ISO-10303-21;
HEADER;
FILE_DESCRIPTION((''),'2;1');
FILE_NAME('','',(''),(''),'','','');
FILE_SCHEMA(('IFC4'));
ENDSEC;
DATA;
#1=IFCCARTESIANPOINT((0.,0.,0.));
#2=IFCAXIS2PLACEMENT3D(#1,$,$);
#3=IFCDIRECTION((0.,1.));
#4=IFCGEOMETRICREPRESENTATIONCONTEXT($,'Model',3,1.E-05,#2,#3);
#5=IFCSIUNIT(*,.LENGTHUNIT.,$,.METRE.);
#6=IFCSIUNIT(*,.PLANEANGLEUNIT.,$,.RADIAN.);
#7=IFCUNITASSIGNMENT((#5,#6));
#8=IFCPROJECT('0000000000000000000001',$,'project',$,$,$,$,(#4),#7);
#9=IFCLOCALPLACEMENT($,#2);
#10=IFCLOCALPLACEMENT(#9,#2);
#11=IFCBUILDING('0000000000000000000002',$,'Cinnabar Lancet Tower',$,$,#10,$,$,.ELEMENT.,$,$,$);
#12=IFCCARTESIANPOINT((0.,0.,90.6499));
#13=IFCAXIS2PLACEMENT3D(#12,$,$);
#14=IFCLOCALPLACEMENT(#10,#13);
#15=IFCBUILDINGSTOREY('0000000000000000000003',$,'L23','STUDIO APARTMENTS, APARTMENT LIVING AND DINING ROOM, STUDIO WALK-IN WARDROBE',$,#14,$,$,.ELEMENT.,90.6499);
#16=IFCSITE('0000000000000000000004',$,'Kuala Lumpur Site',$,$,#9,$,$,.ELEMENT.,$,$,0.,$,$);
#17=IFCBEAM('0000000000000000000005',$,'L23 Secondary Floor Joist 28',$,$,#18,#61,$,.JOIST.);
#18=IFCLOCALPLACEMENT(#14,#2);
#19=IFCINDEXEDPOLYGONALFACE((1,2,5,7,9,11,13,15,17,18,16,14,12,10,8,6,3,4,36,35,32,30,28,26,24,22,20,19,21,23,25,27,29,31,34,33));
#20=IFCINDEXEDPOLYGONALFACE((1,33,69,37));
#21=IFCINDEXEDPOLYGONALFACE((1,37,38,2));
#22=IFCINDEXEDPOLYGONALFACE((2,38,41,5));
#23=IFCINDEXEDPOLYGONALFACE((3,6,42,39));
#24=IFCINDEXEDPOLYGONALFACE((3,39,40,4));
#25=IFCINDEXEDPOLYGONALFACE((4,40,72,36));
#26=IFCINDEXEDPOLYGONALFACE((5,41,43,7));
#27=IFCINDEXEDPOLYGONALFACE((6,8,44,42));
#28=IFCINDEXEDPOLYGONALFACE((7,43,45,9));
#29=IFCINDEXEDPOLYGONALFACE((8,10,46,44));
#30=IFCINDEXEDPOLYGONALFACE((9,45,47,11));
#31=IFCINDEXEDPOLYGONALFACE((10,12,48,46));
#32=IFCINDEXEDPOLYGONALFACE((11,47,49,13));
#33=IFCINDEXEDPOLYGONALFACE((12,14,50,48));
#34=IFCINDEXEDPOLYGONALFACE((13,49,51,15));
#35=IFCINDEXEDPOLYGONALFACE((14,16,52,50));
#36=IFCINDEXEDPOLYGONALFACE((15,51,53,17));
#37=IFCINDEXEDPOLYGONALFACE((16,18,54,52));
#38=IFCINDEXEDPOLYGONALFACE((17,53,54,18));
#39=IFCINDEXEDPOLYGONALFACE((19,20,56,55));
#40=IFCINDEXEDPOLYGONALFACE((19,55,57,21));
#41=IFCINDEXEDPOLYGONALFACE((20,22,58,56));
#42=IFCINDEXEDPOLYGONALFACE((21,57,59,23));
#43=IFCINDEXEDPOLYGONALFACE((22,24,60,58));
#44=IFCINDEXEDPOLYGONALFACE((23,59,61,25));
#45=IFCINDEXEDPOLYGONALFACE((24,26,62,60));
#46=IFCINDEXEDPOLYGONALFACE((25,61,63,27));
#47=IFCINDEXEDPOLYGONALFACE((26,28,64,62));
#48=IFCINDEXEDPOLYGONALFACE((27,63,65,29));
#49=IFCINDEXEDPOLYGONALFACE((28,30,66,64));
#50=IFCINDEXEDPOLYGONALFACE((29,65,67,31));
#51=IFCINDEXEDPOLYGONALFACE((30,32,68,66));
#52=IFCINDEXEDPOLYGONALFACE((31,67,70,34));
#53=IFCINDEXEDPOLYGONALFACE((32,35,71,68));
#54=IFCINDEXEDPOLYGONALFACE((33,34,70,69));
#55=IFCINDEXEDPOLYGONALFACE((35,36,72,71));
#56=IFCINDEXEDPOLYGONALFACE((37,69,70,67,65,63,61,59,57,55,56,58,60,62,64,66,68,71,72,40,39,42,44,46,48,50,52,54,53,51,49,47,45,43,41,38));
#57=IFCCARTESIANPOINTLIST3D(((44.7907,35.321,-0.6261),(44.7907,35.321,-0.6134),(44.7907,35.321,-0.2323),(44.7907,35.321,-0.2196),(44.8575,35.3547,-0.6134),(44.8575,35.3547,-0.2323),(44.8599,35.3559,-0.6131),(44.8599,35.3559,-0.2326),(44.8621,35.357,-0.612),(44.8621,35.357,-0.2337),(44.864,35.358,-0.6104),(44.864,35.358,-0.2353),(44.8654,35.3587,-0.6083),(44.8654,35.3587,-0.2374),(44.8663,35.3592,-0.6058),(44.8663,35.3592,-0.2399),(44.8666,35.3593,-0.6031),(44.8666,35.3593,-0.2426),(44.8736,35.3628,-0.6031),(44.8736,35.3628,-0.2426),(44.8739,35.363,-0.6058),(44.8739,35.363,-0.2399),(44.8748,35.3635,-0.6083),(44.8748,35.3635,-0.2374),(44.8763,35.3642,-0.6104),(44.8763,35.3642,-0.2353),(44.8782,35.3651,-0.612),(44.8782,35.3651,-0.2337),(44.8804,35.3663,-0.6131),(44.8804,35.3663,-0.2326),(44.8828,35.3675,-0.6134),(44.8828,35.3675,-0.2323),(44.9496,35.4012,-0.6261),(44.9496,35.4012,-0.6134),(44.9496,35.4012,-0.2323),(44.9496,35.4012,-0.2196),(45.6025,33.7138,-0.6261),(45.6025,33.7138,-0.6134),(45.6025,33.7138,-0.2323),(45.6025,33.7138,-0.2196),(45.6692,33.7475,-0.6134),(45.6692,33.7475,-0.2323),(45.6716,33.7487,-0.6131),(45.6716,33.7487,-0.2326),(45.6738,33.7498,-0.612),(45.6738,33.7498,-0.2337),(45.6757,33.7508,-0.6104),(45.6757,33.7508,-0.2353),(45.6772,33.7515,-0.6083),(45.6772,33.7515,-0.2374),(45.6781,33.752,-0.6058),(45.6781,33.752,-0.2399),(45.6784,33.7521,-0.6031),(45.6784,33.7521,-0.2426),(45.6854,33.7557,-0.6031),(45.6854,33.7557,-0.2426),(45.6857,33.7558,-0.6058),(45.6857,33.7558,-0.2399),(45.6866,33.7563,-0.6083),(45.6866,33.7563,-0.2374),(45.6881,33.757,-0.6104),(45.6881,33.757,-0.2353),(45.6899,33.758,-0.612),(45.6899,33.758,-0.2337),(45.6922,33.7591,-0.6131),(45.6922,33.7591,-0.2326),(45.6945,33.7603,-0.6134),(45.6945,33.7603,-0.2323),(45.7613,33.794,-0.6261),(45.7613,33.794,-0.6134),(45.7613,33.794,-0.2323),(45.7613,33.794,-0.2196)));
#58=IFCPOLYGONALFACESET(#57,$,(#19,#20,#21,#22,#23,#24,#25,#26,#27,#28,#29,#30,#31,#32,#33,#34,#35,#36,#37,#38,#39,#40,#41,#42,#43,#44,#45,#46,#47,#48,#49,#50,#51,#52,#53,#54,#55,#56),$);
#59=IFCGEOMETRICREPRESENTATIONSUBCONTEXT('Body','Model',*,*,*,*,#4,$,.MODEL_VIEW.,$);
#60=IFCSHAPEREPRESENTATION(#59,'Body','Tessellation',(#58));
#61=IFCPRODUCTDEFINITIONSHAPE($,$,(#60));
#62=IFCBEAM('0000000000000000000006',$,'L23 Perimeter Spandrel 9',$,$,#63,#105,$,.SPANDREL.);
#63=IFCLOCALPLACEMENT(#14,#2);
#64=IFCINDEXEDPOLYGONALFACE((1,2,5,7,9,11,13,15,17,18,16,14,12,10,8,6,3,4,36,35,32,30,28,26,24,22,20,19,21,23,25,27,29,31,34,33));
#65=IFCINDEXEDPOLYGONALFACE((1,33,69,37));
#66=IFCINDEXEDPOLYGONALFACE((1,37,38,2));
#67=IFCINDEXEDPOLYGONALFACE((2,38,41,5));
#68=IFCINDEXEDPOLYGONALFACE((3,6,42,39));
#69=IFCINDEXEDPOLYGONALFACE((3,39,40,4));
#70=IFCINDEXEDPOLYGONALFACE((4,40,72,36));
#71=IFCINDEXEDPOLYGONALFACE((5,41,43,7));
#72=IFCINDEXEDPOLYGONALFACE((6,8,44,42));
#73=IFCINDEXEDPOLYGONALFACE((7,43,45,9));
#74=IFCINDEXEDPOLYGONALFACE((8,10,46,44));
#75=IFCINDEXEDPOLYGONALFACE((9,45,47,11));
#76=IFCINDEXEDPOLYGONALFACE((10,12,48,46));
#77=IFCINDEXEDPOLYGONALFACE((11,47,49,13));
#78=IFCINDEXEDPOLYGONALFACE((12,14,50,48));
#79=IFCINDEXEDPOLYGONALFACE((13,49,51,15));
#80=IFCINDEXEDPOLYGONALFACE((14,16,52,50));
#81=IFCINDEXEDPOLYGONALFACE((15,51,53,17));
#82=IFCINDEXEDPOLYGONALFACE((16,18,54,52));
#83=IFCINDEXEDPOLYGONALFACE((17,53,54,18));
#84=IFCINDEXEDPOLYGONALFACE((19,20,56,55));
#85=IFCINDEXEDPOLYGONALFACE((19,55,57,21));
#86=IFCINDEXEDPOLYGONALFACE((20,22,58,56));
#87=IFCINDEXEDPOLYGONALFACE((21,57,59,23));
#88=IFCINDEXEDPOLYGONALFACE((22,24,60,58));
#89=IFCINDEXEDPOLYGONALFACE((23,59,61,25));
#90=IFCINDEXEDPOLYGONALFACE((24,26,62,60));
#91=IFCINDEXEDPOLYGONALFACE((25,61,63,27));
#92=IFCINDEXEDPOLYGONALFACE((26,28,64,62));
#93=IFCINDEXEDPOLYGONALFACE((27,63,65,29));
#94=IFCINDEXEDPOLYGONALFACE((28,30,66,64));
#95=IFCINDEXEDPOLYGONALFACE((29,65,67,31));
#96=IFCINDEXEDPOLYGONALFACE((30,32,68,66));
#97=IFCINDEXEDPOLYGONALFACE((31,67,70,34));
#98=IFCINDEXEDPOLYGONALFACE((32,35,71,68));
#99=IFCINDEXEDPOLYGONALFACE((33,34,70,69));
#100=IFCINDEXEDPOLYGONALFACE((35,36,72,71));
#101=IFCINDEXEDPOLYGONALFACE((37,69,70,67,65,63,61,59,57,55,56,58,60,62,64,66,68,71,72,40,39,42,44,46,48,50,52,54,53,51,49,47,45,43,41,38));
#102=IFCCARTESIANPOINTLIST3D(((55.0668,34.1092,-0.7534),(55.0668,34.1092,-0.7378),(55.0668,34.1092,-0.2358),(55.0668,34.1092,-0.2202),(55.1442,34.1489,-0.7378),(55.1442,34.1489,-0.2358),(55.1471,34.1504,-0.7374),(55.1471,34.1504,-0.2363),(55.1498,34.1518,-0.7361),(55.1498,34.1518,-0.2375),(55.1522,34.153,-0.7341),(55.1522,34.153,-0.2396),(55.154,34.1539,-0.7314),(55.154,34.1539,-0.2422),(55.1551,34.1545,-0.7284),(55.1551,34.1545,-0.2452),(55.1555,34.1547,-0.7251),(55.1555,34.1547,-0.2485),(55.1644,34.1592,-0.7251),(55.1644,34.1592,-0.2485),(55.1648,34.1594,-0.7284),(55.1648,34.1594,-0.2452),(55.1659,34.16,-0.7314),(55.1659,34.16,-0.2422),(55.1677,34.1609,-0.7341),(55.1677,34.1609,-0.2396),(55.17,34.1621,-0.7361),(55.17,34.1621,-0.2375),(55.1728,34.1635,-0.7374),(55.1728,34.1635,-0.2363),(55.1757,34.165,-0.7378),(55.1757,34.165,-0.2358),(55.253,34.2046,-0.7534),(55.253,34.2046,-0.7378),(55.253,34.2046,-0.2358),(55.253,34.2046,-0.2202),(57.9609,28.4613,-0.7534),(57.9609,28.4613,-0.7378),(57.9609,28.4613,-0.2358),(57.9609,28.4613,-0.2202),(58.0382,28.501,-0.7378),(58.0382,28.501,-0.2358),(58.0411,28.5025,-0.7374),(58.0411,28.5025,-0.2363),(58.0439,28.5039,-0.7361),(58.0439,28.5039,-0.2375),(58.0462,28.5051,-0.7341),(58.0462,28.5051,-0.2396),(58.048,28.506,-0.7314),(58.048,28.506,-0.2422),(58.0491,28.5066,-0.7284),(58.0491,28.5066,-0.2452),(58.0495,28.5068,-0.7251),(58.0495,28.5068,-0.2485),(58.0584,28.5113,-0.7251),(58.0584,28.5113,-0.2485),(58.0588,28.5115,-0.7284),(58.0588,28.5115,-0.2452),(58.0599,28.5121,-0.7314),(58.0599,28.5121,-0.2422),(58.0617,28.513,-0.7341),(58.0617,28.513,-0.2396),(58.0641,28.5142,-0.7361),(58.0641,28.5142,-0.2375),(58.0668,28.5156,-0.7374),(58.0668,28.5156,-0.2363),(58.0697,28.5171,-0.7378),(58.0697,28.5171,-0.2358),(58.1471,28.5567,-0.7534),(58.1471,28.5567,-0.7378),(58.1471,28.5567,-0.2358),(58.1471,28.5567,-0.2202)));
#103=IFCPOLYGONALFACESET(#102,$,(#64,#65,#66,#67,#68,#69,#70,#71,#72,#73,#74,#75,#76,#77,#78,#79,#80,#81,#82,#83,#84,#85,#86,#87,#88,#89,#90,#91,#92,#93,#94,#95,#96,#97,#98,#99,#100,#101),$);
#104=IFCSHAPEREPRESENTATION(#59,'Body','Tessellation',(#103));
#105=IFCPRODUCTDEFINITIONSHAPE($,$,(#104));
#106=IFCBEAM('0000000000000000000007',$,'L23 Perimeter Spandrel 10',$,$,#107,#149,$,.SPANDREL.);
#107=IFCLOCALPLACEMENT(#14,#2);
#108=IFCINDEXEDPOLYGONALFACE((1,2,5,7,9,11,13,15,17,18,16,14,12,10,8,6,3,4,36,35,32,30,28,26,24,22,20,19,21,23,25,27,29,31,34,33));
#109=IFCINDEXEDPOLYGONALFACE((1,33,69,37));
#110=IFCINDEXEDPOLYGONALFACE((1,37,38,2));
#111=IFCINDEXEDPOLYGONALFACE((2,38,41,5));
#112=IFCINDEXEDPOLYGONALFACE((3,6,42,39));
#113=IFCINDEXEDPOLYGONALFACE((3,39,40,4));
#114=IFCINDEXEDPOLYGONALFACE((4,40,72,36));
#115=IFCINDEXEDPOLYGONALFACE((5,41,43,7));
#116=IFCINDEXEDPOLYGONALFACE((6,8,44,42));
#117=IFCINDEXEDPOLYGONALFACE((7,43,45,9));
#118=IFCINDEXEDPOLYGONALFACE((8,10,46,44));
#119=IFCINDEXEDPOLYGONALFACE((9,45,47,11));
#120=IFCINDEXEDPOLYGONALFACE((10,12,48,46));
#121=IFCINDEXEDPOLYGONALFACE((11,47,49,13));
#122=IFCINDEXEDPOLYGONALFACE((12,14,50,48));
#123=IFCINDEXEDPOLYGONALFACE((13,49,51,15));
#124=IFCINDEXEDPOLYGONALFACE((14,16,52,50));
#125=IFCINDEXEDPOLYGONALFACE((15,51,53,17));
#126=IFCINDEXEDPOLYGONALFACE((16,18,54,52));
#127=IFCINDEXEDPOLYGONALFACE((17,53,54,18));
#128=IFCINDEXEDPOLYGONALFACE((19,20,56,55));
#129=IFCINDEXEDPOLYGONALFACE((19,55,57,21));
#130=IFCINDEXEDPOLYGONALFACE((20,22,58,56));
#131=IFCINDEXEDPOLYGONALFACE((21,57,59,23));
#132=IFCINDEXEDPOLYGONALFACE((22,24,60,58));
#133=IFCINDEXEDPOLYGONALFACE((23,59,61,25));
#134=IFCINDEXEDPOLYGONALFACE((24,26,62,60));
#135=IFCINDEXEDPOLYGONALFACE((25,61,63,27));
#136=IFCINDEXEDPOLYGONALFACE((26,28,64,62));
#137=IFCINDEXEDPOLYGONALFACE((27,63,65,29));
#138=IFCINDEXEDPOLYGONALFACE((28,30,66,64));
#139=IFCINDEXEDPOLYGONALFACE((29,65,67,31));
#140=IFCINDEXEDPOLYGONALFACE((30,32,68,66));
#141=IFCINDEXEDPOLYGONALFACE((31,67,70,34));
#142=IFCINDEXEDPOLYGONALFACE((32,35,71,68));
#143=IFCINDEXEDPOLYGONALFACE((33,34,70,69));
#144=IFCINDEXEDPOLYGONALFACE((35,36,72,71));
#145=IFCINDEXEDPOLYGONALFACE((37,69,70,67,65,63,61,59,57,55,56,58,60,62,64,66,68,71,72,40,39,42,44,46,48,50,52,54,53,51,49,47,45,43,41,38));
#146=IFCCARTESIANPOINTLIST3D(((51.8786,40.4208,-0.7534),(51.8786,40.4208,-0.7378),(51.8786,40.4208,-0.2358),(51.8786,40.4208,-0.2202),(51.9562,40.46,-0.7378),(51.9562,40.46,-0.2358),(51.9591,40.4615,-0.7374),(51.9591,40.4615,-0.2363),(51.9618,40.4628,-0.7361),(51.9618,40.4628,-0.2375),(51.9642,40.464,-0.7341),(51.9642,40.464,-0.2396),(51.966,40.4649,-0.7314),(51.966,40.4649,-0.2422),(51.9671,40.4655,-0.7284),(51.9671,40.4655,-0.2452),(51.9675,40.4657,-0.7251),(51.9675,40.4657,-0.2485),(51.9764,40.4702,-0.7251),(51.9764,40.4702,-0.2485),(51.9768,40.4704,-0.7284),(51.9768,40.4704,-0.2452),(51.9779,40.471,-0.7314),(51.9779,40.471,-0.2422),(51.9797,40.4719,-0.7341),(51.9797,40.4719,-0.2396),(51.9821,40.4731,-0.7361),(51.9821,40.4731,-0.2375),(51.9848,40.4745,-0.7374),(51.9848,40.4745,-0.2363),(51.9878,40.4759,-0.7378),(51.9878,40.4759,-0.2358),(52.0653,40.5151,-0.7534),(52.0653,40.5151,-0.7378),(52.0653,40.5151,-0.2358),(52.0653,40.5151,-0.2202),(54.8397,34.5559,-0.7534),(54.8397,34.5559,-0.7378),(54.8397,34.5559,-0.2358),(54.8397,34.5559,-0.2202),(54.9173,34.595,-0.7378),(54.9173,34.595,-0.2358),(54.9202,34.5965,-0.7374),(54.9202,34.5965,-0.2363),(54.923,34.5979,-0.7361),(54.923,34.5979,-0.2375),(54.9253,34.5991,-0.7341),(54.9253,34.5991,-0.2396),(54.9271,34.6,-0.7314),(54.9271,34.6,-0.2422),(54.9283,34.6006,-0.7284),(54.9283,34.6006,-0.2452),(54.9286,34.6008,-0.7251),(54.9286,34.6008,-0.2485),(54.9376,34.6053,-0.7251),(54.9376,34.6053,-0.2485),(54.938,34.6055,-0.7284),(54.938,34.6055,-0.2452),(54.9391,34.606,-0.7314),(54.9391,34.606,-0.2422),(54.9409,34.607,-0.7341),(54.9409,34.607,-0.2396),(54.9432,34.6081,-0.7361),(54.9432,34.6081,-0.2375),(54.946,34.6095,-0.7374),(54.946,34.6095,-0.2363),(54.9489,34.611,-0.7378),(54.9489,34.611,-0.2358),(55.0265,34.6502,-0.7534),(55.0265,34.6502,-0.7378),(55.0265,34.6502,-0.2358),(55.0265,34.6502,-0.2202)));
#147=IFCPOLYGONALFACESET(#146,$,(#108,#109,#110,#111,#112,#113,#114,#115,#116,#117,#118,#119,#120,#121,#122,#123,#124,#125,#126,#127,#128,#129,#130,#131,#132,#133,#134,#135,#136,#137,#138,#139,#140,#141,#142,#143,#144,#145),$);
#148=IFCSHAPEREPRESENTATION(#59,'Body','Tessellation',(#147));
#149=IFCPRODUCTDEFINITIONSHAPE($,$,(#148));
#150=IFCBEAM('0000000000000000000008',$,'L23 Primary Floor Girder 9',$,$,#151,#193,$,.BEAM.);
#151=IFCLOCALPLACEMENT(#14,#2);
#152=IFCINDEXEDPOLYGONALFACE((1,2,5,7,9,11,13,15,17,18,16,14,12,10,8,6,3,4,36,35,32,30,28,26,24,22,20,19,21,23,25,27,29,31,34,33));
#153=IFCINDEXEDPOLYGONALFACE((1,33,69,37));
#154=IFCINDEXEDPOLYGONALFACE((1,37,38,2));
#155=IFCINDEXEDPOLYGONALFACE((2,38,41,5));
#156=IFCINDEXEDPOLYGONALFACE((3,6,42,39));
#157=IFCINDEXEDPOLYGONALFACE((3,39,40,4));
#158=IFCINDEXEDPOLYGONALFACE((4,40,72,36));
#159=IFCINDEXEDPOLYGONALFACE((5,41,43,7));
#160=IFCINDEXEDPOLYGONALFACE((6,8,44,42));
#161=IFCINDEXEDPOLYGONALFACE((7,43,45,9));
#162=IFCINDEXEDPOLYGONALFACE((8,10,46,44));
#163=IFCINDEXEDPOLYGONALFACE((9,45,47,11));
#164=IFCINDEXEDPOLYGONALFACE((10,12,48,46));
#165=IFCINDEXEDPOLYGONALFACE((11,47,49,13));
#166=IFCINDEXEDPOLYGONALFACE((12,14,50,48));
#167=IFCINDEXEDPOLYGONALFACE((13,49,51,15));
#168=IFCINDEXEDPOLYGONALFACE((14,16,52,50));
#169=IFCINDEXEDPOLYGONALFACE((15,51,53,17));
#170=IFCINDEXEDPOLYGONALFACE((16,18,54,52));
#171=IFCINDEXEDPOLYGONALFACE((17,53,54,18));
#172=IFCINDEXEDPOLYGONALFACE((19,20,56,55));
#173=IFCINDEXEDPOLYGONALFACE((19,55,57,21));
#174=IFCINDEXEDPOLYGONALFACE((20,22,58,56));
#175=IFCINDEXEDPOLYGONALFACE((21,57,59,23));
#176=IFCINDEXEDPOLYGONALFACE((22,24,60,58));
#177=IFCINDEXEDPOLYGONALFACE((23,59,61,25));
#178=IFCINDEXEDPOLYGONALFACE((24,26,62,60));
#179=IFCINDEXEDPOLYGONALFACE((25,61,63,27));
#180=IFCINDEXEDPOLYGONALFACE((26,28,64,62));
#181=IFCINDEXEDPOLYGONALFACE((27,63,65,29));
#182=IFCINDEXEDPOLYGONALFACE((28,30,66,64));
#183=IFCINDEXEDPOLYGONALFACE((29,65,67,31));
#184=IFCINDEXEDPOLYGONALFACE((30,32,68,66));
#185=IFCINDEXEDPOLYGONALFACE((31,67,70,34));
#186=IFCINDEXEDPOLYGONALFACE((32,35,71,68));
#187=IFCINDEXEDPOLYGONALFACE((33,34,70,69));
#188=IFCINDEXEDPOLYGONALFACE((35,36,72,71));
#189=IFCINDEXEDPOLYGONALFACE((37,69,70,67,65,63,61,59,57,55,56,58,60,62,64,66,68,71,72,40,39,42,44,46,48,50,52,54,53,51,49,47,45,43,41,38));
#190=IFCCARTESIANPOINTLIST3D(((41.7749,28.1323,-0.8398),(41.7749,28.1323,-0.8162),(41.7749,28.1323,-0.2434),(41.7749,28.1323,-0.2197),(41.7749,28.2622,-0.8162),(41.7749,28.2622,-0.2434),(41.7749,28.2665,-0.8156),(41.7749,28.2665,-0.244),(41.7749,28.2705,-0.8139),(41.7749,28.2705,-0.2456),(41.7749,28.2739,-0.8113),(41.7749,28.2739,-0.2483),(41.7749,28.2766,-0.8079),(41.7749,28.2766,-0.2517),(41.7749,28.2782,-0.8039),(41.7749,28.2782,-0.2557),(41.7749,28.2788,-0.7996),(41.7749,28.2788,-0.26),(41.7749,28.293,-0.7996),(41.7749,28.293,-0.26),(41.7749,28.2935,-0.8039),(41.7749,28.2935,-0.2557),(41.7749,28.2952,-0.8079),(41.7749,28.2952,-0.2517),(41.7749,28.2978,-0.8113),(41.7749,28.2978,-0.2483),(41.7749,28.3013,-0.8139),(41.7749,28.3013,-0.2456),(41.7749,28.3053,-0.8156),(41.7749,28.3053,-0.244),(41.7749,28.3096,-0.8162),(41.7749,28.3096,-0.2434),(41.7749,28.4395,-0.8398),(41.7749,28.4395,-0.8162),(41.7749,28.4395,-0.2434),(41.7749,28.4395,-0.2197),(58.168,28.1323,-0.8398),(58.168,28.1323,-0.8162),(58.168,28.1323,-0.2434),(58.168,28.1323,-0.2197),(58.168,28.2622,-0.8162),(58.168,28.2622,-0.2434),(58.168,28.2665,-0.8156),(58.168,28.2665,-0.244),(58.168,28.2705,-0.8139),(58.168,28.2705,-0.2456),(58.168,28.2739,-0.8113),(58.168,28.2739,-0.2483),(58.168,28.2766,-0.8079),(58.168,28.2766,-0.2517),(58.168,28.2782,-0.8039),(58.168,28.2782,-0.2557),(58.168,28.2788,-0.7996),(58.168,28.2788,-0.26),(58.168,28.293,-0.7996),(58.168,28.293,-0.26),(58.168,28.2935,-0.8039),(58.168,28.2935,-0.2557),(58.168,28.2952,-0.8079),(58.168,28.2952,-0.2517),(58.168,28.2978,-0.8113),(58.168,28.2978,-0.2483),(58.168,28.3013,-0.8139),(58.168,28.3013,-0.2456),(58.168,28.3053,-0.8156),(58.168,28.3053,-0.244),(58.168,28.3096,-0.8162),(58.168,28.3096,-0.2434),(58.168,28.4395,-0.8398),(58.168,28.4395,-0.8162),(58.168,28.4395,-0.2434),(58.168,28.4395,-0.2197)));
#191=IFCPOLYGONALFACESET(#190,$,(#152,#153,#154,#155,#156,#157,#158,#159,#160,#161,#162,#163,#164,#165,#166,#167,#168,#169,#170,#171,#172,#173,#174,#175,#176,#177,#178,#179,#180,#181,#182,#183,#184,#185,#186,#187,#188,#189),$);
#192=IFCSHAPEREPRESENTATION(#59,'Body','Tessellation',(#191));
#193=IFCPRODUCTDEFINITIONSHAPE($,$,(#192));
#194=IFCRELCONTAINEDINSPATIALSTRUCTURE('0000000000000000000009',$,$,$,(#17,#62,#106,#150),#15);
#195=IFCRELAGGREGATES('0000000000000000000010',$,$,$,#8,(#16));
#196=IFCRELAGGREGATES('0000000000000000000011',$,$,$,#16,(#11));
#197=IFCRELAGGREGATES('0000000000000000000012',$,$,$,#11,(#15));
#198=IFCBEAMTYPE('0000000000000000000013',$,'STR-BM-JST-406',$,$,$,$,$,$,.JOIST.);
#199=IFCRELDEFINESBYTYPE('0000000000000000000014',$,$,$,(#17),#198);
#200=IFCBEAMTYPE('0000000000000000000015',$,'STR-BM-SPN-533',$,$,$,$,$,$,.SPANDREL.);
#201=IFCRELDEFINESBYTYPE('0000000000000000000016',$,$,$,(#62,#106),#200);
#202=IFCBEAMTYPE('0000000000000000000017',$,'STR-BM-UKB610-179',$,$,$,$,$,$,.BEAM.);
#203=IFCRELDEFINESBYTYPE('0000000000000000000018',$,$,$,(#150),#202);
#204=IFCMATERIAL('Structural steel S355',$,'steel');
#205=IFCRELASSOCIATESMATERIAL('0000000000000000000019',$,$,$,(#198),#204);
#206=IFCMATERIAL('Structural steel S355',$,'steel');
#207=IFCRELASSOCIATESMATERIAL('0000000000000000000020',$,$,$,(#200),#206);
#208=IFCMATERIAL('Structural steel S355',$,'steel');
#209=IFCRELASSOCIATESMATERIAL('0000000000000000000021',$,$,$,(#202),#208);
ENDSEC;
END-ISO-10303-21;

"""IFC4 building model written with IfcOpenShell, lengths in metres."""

from ifc_helpers import new_model, si_unit, direction, frame, origin, origin_2d, place, context, subcontext, project, spatial, i_section, extrude, material, material_profile, profile_set, type_object, element, save


model = new_model("IFC4")

# Units and contexts
model_context = context("Model", 3, precision=1e-05, world=origin(), true_north=direction((0.0, 1.0)))
body_context = subcontext(model_context, "Body", "Model", "MODEL_VIEW")
ifc_project = project(units=[si_unit("LENGTHUNIT", "METRE"), si_unit("PLANEANGLEUNIT", "RADIAN")], contexts=[model_context])

# Site, building, storey
site_placement = place(None, origin())
site = spatial("IfcSite", under=ifc_project, at=site_placement, Name="Kuala Lumpur Site", CompositionType="ELEMENT", RefElevation=0.0)
building_placement = place(site_placement, origin())
building = spatial("IfcBuilding", under=site, at=building_placement, Name="Cinnabar Lancet Tower", CompositionType="ELEMENT")
storey_placement = place(building_placement, frame((0.0, 0.0, 90.6499)))
storey = spatial("IfcBuildingStorey", under=building, at=storey_placement, Name="L23", Description="STUDIO APARTMENTS, APARTMENT LIVING AND DINING ROOM, STUDIO WALK-IN WARDROBE", CompositionType="ELEMENT", Elevation=90.6499)

# Beams
ifc_material_1 = material(Name="Structural steel S355", Category="steel")
ifc_material_profile_1 = material_profile(ifc_material_1, i_section(OverallWidth=0.178, OverallDepth=0.4065, WebThickness=0.0078, FlangeThickness=0.0127, FilletRadius=0.0103, at=origin_2d()), Name="UKB 406x178x60")
ifc_profile_set_1 = profile_set([ifc_material_profile_1], Name="Structural steel S355")
beam_type_1 = type_object("IfcBeamType", Name="STR-BM-JST-406", PredefinedType="JOIST", material=ifc_profile_set_1)
beam_1_placement = place(storey_placement, frame((45.6819, 33.7539, -0.4229), z_axis=(-0.450844, 0.892603, 0.0), x_axis=(-0.892603, -0.450844, 0.0)))
element("IfcBeam", 1, at=beam_1_placement, inside=storey, type_object=beam_type_1, Name="L23 Secondary Floor Joist 28", PredefinedType="JOIST", context=body_context, shape_type="SweptSolid", body=[
    extrude(i_section(OverallWidth=0.178, OverallDepth=0.4065, WebThickness=0.0078, FlangeThickness=0.0127, FilletRadius=0.0103, at=origin_2d()), origin(), (0.0, 0.0, 1.0), 1.8005),
])
ifc_material_2 = material(Name="Structural steel S355", Category="steel")
ifc_material_profile_2 = material_profile(ifc_material_2, i_section(OverallWidth=0.2092, OverallDepth=0.5332, WebThickness=0.01, FlangeThickness=0.0156, FilletRadius=0.0127, at=origin_2d()), Name="UKB 533x210x92")
ifc_profile_set_2 = profile_set([ifc_material_profile_2], Name="Structural steel S355")
beam_type_2 = type_object("IfcBeamType", Name="STR-BM-SPN-533", PredefinedType="SPANDREL", material=ifc_profile_set_2)
beam_2_placement = place(storey_placement, frame((58.054, 28.509, -0.4868), z_axis=(-0.456025, 0.889967, 0.0), x_axis=(-0.889967, -0.456025, 0.0)))
element("IfcBeam", 2, at=beam_2_placement, inside=storey, type_object=beam_type_2, Name="L23 Perimeter Spandrel 9", PredefinedType="SPANDREL", context=body_context, shape_type="SweptSolid", body=[
    extrude(i_section(OverallWidth=0.2092, OverallDepth=0.5332, WebThickness=0.01, FlangeThickness=0.0156, FilletRadius=0.0127, at=origin_2d()), origin(), (0.0, 0.0, 1.0), 6.3462),
])
beam_3_placement = place(storey_placement, frame((54.9331, 34.603, -0.4868), z_axis=(-0.450703, 0.892674, 0.0), x_axis=(-0.892674, -0.450703, 0.0)))
element("IfcBeam", 3, at=beam_3_placement, inside=storey, type_object=beam_type_2, Name="L23 Perimeter Spandrel 10", PredefinedType="SPANDREL", context=body_context, shape_type="SweptSolid", body=[
    extrude(i_section(OverallWidth=0.2092, OverallDepth=0.5332, WebThickness=0.01, FlangeThickness=0.0156, FilletRadius=0.0127, at=origin_2d()), origin(), (0.0, 0.0, 1.0), 6.5701),
])
ifc_material_3 = material(Name="Structural steel S355", Category="steel")
ifc_material_profile_3 = material_profile(ifc_material_3, i_section(OverallWidth=0.3071, OverallDepth=0.6201, WebThickness=0.0142, FlangeThickness=0.0237, FilletRadius=0.0166, at=origin_2d()), Name="UKB 610x305x179")
ifc_profile_set_3 = profile_set([ifc_material_profile_3], Name="Structural steel S355")
beam_type_3 = type_object("IfcBeamType", Name="STR-BM-UKB610-179", PredefinedType="BEAM", material=ifc_profile_set_3)
beam_4_placement = place(storey_placement, frame((58.168, 28.2859, -0.5298), z_axis=(-1.0, 0.0, 0.0), x_axis=(0.0, -1.0, 0.0)))
element("IfcBeam", 4, at=beam_4_placement, inside=storey, type_object=beam_type_3, Name="L23 Primary Floor Girder 9", PredefinedType="BEAM", context=body_context, shape_type="SweptSolid", body=[
    extrude(i_section(OverallWidth=0.3071, OverallDepth=0.6201, WebThickness=0.0142, FlangeThickness=0.0237, FilletRadius=0.0166, at=origin_2d()), origin(), (0.0, 0.0, 1.0), 16.3931),
])

save(model, "model.ifc")
